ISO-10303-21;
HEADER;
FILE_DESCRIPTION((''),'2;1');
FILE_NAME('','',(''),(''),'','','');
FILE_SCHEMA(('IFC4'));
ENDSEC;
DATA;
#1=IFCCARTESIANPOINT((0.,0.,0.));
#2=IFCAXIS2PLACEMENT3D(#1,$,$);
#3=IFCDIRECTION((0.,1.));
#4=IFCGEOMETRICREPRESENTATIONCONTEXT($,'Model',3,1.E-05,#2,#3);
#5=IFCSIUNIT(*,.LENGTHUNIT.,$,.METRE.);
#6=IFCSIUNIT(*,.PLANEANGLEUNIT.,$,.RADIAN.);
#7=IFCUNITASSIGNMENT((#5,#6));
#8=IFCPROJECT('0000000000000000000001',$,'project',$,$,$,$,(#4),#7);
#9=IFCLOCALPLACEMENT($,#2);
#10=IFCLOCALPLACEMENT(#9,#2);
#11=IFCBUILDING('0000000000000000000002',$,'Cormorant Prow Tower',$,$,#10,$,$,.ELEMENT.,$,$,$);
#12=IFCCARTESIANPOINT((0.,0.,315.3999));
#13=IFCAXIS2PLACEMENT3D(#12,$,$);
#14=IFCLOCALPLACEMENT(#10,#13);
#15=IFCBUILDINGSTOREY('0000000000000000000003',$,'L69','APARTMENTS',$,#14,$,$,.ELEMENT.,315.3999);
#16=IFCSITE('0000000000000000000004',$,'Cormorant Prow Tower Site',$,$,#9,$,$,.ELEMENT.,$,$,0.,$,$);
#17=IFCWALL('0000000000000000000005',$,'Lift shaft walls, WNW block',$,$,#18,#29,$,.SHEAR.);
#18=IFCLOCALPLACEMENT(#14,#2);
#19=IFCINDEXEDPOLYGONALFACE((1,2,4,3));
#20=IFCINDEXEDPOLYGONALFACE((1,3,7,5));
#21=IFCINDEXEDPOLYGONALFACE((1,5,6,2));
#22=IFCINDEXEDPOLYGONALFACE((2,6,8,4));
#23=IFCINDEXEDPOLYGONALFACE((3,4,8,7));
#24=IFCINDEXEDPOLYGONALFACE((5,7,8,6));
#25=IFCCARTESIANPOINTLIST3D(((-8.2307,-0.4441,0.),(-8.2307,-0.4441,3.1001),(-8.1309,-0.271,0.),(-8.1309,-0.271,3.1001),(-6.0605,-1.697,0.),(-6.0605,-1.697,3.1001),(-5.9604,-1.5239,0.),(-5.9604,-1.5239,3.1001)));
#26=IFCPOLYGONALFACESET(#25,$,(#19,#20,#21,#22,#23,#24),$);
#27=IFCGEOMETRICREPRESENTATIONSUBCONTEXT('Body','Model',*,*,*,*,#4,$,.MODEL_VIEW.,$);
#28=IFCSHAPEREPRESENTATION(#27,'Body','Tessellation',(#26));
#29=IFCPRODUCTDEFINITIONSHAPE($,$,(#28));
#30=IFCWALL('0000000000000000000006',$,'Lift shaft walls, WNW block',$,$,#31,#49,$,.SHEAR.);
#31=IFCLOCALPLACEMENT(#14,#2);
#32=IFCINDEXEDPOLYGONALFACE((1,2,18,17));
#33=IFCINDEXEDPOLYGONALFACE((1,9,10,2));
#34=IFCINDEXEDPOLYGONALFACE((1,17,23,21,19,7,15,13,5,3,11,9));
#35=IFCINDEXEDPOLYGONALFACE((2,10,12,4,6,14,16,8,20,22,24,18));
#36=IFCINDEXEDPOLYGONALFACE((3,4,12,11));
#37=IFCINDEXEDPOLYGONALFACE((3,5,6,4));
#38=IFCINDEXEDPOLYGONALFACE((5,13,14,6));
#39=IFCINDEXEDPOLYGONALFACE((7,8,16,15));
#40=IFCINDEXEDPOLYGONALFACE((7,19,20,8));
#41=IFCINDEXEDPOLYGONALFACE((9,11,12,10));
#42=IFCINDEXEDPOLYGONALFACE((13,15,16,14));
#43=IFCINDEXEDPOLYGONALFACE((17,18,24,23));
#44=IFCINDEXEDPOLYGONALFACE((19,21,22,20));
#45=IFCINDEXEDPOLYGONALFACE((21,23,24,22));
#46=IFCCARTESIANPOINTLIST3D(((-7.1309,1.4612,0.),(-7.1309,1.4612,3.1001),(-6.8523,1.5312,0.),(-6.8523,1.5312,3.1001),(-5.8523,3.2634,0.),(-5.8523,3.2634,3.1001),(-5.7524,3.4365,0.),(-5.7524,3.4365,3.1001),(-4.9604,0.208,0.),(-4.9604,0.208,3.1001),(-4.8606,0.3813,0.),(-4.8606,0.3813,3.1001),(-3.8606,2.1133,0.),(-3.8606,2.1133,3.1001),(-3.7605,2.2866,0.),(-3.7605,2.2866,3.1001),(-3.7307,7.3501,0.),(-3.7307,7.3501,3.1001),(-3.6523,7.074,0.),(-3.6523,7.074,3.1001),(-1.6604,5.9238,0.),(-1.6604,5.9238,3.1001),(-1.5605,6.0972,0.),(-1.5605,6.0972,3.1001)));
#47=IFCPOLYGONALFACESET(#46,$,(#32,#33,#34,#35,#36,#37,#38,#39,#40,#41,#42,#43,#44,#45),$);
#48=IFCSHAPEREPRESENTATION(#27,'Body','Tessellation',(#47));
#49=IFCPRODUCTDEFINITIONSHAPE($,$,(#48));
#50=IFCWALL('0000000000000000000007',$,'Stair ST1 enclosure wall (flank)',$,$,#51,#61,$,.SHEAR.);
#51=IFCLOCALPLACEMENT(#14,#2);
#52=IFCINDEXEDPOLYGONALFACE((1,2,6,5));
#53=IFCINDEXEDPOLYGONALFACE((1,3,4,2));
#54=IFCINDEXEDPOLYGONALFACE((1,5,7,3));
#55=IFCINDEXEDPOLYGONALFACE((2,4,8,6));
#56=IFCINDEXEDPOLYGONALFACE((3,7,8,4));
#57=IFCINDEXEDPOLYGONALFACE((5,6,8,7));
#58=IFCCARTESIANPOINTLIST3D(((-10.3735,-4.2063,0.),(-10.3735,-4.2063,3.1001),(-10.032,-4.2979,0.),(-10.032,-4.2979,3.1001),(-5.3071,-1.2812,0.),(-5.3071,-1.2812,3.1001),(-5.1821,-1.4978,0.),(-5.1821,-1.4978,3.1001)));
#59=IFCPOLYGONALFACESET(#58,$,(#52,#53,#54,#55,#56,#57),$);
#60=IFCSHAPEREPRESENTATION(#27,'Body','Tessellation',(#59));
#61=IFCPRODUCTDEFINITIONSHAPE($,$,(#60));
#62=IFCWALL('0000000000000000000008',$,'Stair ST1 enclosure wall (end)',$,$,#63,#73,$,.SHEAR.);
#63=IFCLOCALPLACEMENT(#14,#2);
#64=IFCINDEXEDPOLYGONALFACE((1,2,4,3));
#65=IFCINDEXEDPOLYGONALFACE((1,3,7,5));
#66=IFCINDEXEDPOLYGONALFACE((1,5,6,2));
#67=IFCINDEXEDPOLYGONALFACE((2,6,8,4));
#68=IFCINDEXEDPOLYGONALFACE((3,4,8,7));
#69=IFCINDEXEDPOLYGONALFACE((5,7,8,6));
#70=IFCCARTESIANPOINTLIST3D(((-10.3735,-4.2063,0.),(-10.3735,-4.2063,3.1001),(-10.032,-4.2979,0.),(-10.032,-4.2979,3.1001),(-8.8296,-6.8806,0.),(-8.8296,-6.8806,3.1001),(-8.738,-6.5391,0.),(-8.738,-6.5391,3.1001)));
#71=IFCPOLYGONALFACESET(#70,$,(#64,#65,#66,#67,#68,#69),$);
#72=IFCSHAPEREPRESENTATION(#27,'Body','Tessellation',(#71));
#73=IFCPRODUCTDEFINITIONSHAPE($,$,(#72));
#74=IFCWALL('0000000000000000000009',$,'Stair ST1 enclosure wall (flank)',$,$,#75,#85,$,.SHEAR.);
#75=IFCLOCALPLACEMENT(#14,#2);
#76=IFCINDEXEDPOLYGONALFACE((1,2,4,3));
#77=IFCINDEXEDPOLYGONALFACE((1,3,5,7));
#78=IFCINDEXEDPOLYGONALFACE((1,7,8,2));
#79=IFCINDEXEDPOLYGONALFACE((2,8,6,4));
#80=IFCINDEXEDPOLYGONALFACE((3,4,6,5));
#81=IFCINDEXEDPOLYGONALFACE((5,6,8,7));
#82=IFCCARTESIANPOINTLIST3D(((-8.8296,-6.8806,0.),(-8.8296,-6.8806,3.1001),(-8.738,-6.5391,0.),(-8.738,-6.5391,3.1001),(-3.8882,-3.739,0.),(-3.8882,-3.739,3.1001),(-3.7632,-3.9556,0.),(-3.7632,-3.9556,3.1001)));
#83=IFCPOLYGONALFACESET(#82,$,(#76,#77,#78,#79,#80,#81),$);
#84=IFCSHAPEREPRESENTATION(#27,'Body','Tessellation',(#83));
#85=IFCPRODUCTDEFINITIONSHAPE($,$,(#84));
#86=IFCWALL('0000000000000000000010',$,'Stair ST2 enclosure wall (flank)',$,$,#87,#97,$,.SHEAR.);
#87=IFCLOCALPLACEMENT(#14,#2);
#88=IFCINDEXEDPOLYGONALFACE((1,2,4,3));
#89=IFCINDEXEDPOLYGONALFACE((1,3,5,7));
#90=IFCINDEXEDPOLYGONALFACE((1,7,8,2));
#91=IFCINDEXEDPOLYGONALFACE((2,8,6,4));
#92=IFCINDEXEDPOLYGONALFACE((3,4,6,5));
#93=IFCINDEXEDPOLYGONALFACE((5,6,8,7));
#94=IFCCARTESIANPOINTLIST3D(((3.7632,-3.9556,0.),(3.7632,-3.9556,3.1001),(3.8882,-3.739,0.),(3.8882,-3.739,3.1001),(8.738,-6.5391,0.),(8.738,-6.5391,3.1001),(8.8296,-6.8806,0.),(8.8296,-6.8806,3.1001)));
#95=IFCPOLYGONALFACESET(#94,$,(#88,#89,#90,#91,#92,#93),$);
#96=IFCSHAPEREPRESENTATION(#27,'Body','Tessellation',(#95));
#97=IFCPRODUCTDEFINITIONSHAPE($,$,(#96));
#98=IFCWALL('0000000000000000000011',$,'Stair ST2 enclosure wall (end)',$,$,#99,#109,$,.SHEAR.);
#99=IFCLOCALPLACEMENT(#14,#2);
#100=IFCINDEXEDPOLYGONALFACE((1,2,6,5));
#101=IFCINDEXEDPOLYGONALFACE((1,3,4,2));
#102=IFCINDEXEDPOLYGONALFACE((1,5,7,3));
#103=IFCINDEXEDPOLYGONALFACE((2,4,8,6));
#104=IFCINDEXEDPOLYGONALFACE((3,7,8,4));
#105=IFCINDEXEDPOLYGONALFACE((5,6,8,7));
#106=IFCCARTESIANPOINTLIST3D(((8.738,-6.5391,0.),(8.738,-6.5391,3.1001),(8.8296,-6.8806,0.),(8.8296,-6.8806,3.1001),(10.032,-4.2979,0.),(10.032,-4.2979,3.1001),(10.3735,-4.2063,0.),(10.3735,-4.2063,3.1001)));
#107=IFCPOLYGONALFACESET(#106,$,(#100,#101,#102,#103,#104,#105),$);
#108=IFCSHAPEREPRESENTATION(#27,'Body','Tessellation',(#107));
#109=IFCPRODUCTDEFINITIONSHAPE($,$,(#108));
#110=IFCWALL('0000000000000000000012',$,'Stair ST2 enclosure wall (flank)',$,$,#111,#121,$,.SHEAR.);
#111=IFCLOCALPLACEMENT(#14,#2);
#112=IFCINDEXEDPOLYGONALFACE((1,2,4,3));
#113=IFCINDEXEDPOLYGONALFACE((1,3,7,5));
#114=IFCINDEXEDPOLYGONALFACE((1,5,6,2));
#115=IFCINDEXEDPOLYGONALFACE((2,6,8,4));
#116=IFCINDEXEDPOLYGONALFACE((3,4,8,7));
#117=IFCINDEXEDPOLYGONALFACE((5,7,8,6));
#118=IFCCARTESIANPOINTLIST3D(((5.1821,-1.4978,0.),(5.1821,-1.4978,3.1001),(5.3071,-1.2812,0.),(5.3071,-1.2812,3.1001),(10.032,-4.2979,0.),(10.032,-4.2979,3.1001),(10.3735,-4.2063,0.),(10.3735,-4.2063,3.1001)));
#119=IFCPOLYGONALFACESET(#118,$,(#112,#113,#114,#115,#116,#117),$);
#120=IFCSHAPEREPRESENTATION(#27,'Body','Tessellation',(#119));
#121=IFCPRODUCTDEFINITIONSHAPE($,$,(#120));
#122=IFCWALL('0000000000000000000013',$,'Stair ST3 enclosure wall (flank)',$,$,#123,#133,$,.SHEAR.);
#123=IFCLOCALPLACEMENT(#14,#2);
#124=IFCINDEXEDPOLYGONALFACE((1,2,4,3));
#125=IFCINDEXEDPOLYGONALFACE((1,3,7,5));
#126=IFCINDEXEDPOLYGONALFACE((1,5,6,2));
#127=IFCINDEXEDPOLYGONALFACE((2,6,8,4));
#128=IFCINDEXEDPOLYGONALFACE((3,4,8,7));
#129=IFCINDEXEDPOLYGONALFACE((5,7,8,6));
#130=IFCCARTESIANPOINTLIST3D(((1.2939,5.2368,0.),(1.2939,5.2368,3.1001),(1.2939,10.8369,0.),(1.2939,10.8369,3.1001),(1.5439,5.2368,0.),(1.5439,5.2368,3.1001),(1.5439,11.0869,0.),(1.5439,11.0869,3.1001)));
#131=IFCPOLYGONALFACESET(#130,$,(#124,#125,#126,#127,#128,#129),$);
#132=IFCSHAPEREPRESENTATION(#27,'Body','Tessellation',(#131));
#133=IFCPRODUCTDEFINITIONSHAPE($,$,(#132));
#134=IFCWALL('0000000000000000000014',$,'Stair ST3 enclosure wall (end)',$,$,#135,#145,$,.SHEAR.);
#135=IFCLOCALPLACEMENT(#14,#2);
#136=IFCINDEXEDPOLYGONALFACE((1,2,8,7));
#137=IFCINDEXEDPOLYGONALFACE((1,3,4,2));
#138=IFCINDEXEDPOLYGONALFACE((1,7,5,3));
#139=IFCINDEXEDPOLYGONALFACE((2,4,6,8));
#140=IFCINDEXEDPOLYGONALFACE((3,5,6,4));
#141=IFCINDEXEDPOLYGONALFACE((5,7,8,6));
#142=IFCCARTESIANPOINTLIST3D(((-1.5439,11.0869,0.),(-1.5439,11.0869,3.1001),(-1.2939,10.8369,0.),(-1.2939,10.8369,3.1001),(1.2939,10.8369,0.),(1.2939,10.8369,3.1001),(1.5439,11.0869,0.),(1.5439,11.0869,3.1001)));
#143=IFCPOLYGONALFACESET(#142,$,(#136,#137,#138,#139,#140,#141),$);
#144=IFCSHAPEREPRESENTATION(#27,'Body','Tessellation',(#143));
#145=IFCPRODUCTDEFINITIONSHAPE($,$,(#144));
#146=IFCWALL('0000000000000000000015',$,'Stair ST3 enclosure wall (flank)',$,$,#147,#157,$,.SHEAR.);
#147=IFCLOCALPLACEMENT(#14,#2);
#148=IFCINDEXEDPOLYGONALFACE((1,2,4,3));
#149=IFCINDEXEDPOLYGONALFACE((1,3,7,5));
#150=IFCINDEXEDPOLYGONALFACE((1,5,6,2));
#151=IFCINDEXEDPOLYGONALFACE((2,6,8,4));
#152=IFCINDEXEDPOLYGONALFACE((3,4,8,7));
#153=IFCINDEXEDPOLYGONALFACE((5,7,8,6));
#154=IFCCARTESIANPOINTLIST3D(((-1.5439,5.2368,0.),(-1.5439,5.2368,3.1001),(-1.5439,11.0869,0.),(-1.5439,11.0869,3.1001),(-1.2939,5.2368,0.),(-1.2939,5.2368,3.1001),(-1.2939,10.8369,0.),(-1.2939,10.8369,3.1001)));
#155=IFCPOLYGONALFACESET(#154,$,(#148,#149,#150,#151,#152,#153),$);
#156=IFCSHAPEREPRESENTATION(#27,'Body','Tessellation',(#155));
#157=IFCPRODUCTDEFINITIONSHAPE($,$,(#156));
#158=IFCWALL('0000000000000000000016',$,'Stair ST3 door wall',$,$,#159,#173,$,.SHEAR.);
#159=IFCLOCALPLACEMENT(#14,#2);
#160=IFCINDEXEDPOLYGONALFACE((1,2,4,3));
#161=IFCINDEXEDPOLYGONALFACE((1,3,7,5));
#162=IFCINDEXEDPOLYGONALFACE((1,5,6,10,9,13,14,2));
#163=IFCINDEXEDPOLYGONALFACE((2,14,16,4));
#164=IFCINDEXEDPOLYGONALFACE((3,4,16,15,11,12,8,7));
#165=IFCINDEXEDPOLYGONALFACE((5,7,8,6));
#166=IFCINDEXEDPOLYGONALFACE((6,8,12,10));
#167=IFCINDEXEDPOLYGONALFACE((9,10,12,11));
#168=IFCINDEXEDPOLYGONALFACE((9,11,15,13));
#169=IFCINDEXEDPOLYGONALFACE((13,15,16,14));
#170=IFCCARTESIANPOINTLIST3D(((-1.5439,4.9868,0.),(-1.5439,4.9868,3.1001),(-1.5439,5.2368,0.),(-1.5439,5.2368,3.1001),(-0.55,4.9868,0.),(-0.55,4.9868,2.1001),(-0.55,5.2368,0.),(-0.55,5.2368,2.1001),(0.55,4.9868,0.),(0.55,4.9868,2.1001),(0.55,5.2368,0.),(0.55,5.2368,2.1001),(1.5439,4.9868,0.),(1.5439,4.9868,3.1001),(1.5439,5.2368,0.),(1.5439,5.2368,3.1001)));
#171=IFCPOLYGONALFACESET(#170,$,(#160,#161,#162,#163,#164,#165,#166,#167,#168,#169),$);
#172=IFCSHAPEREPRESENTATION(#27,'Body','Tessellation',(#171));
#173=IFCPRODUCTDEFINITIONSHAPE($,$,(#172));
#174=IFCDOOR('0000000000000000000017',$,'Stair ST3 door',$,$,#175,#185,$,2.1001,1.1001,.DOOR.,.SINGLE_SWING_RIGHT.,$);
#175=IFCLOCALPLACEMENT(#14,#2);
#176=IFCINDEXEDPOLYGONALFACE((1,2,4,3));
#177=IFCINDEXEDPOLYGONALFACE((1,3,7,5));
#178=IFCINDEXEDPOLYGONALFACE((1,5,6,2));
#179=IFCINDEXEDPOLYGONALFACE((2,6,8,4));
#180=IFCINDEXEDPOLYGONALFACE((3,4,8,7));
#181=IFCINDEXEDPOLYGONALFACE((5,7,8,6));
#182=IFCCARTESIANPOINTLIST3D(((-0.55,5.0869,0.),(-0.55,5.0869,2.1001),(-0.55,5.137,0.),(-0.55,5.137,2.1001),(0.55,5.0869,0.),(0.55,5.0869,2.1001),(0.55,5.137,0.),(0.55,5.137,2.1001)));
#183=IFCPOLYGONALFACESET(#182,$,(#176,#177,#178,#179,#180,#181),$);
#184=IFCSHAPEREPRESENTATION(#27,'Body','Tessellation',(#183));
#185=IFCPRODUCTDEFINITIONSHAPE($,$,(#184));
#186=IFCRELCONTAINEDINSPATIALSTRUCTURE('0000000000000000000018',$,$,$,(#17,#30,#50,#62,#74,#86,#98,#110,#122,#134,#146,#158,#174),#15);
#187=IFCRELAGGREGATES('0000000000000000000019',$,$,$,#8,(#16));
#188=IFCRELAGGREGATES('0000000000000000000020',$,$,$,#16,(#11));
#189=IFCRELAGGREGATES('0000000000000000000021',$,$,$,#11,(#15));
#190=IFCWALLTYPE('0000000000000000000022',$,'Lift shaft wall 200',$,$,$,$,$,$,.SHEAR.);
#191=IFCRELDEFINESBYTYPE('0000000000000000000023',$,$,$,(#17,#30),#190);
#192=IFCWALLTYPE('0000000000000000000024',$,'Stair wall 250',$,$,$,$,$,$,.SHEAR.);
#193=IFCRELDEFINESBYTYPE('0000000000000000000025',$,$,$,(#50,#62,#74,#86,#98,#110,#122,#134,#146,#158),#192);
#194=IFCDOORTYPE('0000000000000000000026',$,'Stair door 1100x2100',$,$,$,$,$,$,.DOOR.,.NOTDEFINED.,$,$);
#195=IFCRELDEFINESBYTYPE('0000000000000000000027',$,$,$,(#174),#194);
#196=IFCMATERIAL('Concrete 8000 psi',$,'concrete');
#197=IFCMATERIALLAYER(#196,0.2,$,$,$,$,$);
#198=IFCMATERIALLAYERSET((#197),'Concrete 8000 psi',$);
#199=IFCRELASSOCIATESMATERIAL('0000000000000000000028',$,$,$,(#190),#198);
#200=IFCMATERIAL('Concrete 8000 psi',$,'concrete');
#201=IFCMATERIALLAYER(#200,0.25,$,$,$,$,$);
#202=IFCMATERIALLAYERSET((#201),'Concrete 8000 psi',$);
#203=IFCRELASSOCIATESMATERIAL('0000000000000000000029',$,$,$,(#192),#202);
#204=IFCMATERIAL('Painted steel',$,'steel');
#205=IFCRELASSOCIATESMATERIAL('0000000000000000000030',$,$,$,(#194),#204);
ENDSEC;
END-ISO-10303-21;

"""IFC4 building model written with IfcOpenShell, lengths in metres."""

from ifc_helpers import new_model, si_unit, direction, frame, frame_2d, origin, place, context, subcontext, project, spatial, polyline, rectangle, outline, extrude, material, layer, layer_set, type_object, element, fill, save


model = new_model("IFC4")

# Units and contexts
model_context = context("Model", 3, precision=1e-05, world=origin(), true_north=direction((0.0, 1.0)))
body_context = subcontext(model_context, "Body", "Model", "MODEL_VIEW")
ifc_project = project(units=[si_unit("LENGTHUNIT", "METRE"), si_unit("PLANEANGLEUNIT", "RADIAN")], contexts=[model_context])

# Site, building, storey
site_placement = place(None, origin())
site = spatial("IfcSite", under=ifc_project, at=site_placement, Name="Cormorant Prow Tower Site", CompositionType="ELEMENT", RefElevation=0.0)
building_placement = place(site_placement, origin())
building = spatial("IfcBuilding", under=site, at=building_placement, Name="Cormorant Prow Tower", CompositionType="ELEMENT")
storey_placement = place(building_placement, frame((0.0, 0.0, 315.3999)))
storey = spatial("IfcBuildingStorey", under=building, at=storey_placement, Name="L69", Description="APARTMENTS", CompositionType="ELEMENT", Elevation=315.3999)

# Walls
ifc_material_1 = material(Name="Concrete 8000 psi", Category="concrete")
ifc_layer_1 = layer(ifc_material_1, 0.2)
ifc_layer_set_1 = layer_set([ifc_layer_1], Name="Concrete 8000 psi")
wall_type_1 = type_object("IfcWallType", Name="Lift shaft wall 200", PredefinedType="SHEAR", material=ifc_layer_set_1)
wall_1_placement = place(storey_placement, origin())
element("IfcWall", 1, at=wall_1_placement, inside=storey, type_object=wall_type_1, Name="Lift shaft walls, WNW block", PredefinedType="SHEAR", context=body_context, shape_type="SweptSolid", body=[
    extrude(outline(polyline([(-6.0605, -1.697), (-8.2307, -0.4441), (-8.1309, -0.271), (-5.9604, -1.5239), (-6.0605, -1.697)])), origin(), (0.0, 0.0, 1.0), 3.1001),
])
wall_2_placement = place(storey_placement, origin())
element("IfcWall", 2, at=wall_2_placement, inside=storey, type_object=wall_type_1, Name="Lift shaft walls, WNW block", PredefinedType="SHEAR", context=body_context, shape_type="SweptSolid", body=[
    extrude(outline(polyline([(-4.9604, 0.208), (-7.1309, 1.4612), (-3.7307, 7.3501), (-1.5605, 6.0972), (-1.6604, 5.9238), (-3.6523, 7.074), (-5.7524, 3.4365), (-3.7605, 2.2866), (-3.8606, 2.1133), (-5.8523, 3.2634), (-6.8523, 1.5312), (-4.8606, 0.3813), (-4.9604, 0.208)])), origin(), (0.0, 0.0, 1.0), 3.1001),
])
ifc_material_2 = material(Name="Concrete 8000 psi", Category="concrete")
ifc_layer_2 = layer(ifc_material_2, 0.25)
ifc_layer_set_2 = layer_set([ifc_layer_2], Name="Concrete 8000 psi")
wall_type_2 = type_object("IfcWallType", Name="Stair wall 250", PredefinedType="SHEAR", material=ifc_layer_set_2)
wall_3_placement = place(storey_placement, origin())
element("IfcWall", 3, at=wall_3_placement, inside=storey, type_object=wall_type_2, Name="Stair ST1 enclosure wall (flank)", PredefinedType="SHEAR", context=body_context, shape_type="SweptSolid", body=[
    extrude(outline(polyline([(-5.3071, -1.2812), (-10.3735, -4.2063), (-10.032, -4.2979), (-5.1821, -1.4978), (-5.3071, -1.2812)])), origin(), (0.0, 0.0, 1.0), 3.1001),
])
wall_4_placement = place(storey_placement, origin())
element("IfcWall", 4, at=wall_4_placement, inside=storey, type_object=wall_type_2, Name="Stair ST1 enclosure wall (end)", PredefinedType="SHEAR", context=body_context, shape_type="SweptSolid", body=[
    extrude(outline(polyline([(-10.3735, -4.2063), (-8.8296, -6.8806), (-8.738, -6.5391), (-10.032, -4.2979), (-10.3735, -4.2063)])), origin(), (0.0, 0.0, 1.0), 3.1001),
])
wall_5_placement = place(storey_placement, origin())
element("IfcWall", 5, at=wall_5_placement, inside=storey, type_object=wall_type_2, Name="Stair ST1 enclosure wall (flank)", PredefinedType="SHEAR", context=body_context, shape_type="SweptSolid", body=[
    extrude(outline(polyline([(-8.738, -6.5391), (-8.8296, -6.8806), (-3.7632, -3.9556), (-3.8882, -3.739), (-8.738, -6.5391)])), origin(), (0.0, 0.0, 1.0), 3.1001),
])
wall_6_placement = place(storey_placement, origin())
element("IfcWall", 6, at=wall_6_placement, inside=storey, type_object=wall_type_2, Name="Stair ST2 enclosure wall (flank)", PredefinedType="SHEAR", context=body_context, shape_type="SweptSolid", body=[
    extrude(outline(polyline([(3.7632, -3.9556), (8.8296, -6.8806), (8.738, -6.5391), (3.8882, -3.739), (3.7632, -3.9556)])), origin(), (0.0, 0.0, 1.0), 3.1001),
])
wall_7_placement = place(storey_placement, origin())
element("IfcWall", 7, at=wall_7_placement, inside=storey, type_object=wall_type_2, Name="Stair ST2 enclosure wall (end)", PredefinedType="SHEAR", context=body_context, shape_type="SweptSolid", body=[
    extrude(outline(polyline([(8.8296, -6.8806), (10.3735, -4.2063), (10.032, -4.2979), (8.738, -6.5391), (8.8296, -6.8806)])), origin(), (0.0, 0.0, 1.0), 3.1001),
])
wall_8_placement = place(storey_placement, origin())
element("IfcWall", 8, at=wall_8_placement, inside=storey, type_object=wall_type_2, Name="Stair ST2 enclosure wall (flank)", PredefinedType="SHEAR", context=body_context, shape_type="SweptSolid", body=[
    extrude(outline(polyline([(10.032, -4.2979), (10.3735, -4.2063), (5.3071, -1.2812), (5.1821, -1.4978), (10.032, -4.2979)])), origin(), (0.0, 0.0, 1.0), 3.1001),
])
wall_9_placement = place(storey_placement, origin())
element("IfcWall", 9, at=wall_9_placement, inside=storey, type_object=wall_type_2, Name="Stair ST3 enclosure wall (flank)", PredefinedType="SHEAR", context=body_context, shape_type="SweptSolid", body=[
    extrude(outline(polyline([(1.5439, 5.2368), (1.5439, 11.0869), (1.2939, 10.8369), (1.2939, 5.2368), (1.5439, 5.2368)])), origin(), (0.0, 0.0, 1.0), 3.1001),
])
wall_10_placement = place(storey_placement, origin())
element("IfcWall", 10, at=wall_10_placement, inside=storey, type_object=wall_type_2, Name="Stair ST3 enclosure wall (end)", PredefinedType="SHEAR", context=body_context, shape_type="SweptSolid", body=[
    extrude(outline(polyline([(1.5439, 11.0869), (-1.5439, 11.0869), (-1.2939, 10.8369), (1.2939, 10.8369), (1.5439, 11.0869)])), origin(), (0.0, 0.0, 1.0), 3.1001),
])
wall_11_placement = place(storey_placement, origin())
element("IfcWall", 11, at=wall_11_placement, inside=storey, type_object=wall_type_2, Name="Stair ST3 enclosure wall (flank)", PredefinedType="SHEAR", context=body_context, shape_type="SweptSolid", body=[
    extrude(outline(polyline([(-1.2939, 10.8369), (-1.5439, 11.0869), (-1.5439, 5.2368), (-1.2939, 5.2368), (-1.2939, 10.8369)])), origin(), (0.0, 0.0, 1.0), 3.1001),
])

# Wall, opening, door
wall_12_placement = place(storey_placement, frame((1.5439, 5.1118, 0.0), z_axis=(0.0, 0.0, 1.0), x_axis=(-1.0, 0.0, 0.0)))
wall_12 = element("IfcWall", 12, at=wall_12_placement, inside=storey, type_object=wall_type_2, Name="Stair ST3 door wall", PredefinedType="SHEAR", context=body_context, shape_type="SweptSolid", body=[
    extrude(rectangle(XDim=3.0879, YDim=0.25, at=frame_2d((1.5439, 0.0))), origin(), (0.0, 0.0, 1.0), 3.1001),
])
opening_1_placement = place(wall_12_placement, frame((0.9939, 0.0, 0.0)))
opening_1 = element("IfcOpeningElement", 13, at=opening_1_placement, cuts=wall_12, PredefinedType="OPENING", context=body_context, shape_type="SweptSolid", body=[
    extrude(rectangle(XDim=1.1001, YDim=2.1001, at=frame_2d((0.55, 1.05))), frame((0.0, 0.135, 0.0), z_axis=(0.0, -1.0, 0.0), x_axis=(1.0, 0.0, 0.0)), (0.0, 0.0, 1.0), 0.27),
])
ifc_material_3 = material(Name="Painted steel", Category="steel")
door_type_1 = type_object("IfcDoorType", Name="Stair door 1100x2100", OperationType="NOTDEFINED", PredefinedType="DOOR", material=ifc_material_3)
door_1_placement = place(opening_1_placement, origin())
door_1 = element("IfcDoor", 14, at=door_1_placement, inside=storey, type_object=door_type_1, Name="Stair ST3 door", OperationType="SINGLE_SWING_RIGHT", OverallHeight=2.1001, OverallWidth=1.1001, PredefinedType="DOOR", context=body_context, shape_type="SweptSolid", body=[
    extrude(rectangle(XDim=1.1001, YDim=2.1001, at=frame_2d((0.55, 1.05))), frame((0.0, 0.0249, 0.0), z_axis=(0.0, -1.0, 0.0), x_axis=(1.0, 0.0, 0.0)), (0.0, 0.0, 1.0), 0.05),
])
fill(opening_1, door_1)

save(model, "model.ifc")
